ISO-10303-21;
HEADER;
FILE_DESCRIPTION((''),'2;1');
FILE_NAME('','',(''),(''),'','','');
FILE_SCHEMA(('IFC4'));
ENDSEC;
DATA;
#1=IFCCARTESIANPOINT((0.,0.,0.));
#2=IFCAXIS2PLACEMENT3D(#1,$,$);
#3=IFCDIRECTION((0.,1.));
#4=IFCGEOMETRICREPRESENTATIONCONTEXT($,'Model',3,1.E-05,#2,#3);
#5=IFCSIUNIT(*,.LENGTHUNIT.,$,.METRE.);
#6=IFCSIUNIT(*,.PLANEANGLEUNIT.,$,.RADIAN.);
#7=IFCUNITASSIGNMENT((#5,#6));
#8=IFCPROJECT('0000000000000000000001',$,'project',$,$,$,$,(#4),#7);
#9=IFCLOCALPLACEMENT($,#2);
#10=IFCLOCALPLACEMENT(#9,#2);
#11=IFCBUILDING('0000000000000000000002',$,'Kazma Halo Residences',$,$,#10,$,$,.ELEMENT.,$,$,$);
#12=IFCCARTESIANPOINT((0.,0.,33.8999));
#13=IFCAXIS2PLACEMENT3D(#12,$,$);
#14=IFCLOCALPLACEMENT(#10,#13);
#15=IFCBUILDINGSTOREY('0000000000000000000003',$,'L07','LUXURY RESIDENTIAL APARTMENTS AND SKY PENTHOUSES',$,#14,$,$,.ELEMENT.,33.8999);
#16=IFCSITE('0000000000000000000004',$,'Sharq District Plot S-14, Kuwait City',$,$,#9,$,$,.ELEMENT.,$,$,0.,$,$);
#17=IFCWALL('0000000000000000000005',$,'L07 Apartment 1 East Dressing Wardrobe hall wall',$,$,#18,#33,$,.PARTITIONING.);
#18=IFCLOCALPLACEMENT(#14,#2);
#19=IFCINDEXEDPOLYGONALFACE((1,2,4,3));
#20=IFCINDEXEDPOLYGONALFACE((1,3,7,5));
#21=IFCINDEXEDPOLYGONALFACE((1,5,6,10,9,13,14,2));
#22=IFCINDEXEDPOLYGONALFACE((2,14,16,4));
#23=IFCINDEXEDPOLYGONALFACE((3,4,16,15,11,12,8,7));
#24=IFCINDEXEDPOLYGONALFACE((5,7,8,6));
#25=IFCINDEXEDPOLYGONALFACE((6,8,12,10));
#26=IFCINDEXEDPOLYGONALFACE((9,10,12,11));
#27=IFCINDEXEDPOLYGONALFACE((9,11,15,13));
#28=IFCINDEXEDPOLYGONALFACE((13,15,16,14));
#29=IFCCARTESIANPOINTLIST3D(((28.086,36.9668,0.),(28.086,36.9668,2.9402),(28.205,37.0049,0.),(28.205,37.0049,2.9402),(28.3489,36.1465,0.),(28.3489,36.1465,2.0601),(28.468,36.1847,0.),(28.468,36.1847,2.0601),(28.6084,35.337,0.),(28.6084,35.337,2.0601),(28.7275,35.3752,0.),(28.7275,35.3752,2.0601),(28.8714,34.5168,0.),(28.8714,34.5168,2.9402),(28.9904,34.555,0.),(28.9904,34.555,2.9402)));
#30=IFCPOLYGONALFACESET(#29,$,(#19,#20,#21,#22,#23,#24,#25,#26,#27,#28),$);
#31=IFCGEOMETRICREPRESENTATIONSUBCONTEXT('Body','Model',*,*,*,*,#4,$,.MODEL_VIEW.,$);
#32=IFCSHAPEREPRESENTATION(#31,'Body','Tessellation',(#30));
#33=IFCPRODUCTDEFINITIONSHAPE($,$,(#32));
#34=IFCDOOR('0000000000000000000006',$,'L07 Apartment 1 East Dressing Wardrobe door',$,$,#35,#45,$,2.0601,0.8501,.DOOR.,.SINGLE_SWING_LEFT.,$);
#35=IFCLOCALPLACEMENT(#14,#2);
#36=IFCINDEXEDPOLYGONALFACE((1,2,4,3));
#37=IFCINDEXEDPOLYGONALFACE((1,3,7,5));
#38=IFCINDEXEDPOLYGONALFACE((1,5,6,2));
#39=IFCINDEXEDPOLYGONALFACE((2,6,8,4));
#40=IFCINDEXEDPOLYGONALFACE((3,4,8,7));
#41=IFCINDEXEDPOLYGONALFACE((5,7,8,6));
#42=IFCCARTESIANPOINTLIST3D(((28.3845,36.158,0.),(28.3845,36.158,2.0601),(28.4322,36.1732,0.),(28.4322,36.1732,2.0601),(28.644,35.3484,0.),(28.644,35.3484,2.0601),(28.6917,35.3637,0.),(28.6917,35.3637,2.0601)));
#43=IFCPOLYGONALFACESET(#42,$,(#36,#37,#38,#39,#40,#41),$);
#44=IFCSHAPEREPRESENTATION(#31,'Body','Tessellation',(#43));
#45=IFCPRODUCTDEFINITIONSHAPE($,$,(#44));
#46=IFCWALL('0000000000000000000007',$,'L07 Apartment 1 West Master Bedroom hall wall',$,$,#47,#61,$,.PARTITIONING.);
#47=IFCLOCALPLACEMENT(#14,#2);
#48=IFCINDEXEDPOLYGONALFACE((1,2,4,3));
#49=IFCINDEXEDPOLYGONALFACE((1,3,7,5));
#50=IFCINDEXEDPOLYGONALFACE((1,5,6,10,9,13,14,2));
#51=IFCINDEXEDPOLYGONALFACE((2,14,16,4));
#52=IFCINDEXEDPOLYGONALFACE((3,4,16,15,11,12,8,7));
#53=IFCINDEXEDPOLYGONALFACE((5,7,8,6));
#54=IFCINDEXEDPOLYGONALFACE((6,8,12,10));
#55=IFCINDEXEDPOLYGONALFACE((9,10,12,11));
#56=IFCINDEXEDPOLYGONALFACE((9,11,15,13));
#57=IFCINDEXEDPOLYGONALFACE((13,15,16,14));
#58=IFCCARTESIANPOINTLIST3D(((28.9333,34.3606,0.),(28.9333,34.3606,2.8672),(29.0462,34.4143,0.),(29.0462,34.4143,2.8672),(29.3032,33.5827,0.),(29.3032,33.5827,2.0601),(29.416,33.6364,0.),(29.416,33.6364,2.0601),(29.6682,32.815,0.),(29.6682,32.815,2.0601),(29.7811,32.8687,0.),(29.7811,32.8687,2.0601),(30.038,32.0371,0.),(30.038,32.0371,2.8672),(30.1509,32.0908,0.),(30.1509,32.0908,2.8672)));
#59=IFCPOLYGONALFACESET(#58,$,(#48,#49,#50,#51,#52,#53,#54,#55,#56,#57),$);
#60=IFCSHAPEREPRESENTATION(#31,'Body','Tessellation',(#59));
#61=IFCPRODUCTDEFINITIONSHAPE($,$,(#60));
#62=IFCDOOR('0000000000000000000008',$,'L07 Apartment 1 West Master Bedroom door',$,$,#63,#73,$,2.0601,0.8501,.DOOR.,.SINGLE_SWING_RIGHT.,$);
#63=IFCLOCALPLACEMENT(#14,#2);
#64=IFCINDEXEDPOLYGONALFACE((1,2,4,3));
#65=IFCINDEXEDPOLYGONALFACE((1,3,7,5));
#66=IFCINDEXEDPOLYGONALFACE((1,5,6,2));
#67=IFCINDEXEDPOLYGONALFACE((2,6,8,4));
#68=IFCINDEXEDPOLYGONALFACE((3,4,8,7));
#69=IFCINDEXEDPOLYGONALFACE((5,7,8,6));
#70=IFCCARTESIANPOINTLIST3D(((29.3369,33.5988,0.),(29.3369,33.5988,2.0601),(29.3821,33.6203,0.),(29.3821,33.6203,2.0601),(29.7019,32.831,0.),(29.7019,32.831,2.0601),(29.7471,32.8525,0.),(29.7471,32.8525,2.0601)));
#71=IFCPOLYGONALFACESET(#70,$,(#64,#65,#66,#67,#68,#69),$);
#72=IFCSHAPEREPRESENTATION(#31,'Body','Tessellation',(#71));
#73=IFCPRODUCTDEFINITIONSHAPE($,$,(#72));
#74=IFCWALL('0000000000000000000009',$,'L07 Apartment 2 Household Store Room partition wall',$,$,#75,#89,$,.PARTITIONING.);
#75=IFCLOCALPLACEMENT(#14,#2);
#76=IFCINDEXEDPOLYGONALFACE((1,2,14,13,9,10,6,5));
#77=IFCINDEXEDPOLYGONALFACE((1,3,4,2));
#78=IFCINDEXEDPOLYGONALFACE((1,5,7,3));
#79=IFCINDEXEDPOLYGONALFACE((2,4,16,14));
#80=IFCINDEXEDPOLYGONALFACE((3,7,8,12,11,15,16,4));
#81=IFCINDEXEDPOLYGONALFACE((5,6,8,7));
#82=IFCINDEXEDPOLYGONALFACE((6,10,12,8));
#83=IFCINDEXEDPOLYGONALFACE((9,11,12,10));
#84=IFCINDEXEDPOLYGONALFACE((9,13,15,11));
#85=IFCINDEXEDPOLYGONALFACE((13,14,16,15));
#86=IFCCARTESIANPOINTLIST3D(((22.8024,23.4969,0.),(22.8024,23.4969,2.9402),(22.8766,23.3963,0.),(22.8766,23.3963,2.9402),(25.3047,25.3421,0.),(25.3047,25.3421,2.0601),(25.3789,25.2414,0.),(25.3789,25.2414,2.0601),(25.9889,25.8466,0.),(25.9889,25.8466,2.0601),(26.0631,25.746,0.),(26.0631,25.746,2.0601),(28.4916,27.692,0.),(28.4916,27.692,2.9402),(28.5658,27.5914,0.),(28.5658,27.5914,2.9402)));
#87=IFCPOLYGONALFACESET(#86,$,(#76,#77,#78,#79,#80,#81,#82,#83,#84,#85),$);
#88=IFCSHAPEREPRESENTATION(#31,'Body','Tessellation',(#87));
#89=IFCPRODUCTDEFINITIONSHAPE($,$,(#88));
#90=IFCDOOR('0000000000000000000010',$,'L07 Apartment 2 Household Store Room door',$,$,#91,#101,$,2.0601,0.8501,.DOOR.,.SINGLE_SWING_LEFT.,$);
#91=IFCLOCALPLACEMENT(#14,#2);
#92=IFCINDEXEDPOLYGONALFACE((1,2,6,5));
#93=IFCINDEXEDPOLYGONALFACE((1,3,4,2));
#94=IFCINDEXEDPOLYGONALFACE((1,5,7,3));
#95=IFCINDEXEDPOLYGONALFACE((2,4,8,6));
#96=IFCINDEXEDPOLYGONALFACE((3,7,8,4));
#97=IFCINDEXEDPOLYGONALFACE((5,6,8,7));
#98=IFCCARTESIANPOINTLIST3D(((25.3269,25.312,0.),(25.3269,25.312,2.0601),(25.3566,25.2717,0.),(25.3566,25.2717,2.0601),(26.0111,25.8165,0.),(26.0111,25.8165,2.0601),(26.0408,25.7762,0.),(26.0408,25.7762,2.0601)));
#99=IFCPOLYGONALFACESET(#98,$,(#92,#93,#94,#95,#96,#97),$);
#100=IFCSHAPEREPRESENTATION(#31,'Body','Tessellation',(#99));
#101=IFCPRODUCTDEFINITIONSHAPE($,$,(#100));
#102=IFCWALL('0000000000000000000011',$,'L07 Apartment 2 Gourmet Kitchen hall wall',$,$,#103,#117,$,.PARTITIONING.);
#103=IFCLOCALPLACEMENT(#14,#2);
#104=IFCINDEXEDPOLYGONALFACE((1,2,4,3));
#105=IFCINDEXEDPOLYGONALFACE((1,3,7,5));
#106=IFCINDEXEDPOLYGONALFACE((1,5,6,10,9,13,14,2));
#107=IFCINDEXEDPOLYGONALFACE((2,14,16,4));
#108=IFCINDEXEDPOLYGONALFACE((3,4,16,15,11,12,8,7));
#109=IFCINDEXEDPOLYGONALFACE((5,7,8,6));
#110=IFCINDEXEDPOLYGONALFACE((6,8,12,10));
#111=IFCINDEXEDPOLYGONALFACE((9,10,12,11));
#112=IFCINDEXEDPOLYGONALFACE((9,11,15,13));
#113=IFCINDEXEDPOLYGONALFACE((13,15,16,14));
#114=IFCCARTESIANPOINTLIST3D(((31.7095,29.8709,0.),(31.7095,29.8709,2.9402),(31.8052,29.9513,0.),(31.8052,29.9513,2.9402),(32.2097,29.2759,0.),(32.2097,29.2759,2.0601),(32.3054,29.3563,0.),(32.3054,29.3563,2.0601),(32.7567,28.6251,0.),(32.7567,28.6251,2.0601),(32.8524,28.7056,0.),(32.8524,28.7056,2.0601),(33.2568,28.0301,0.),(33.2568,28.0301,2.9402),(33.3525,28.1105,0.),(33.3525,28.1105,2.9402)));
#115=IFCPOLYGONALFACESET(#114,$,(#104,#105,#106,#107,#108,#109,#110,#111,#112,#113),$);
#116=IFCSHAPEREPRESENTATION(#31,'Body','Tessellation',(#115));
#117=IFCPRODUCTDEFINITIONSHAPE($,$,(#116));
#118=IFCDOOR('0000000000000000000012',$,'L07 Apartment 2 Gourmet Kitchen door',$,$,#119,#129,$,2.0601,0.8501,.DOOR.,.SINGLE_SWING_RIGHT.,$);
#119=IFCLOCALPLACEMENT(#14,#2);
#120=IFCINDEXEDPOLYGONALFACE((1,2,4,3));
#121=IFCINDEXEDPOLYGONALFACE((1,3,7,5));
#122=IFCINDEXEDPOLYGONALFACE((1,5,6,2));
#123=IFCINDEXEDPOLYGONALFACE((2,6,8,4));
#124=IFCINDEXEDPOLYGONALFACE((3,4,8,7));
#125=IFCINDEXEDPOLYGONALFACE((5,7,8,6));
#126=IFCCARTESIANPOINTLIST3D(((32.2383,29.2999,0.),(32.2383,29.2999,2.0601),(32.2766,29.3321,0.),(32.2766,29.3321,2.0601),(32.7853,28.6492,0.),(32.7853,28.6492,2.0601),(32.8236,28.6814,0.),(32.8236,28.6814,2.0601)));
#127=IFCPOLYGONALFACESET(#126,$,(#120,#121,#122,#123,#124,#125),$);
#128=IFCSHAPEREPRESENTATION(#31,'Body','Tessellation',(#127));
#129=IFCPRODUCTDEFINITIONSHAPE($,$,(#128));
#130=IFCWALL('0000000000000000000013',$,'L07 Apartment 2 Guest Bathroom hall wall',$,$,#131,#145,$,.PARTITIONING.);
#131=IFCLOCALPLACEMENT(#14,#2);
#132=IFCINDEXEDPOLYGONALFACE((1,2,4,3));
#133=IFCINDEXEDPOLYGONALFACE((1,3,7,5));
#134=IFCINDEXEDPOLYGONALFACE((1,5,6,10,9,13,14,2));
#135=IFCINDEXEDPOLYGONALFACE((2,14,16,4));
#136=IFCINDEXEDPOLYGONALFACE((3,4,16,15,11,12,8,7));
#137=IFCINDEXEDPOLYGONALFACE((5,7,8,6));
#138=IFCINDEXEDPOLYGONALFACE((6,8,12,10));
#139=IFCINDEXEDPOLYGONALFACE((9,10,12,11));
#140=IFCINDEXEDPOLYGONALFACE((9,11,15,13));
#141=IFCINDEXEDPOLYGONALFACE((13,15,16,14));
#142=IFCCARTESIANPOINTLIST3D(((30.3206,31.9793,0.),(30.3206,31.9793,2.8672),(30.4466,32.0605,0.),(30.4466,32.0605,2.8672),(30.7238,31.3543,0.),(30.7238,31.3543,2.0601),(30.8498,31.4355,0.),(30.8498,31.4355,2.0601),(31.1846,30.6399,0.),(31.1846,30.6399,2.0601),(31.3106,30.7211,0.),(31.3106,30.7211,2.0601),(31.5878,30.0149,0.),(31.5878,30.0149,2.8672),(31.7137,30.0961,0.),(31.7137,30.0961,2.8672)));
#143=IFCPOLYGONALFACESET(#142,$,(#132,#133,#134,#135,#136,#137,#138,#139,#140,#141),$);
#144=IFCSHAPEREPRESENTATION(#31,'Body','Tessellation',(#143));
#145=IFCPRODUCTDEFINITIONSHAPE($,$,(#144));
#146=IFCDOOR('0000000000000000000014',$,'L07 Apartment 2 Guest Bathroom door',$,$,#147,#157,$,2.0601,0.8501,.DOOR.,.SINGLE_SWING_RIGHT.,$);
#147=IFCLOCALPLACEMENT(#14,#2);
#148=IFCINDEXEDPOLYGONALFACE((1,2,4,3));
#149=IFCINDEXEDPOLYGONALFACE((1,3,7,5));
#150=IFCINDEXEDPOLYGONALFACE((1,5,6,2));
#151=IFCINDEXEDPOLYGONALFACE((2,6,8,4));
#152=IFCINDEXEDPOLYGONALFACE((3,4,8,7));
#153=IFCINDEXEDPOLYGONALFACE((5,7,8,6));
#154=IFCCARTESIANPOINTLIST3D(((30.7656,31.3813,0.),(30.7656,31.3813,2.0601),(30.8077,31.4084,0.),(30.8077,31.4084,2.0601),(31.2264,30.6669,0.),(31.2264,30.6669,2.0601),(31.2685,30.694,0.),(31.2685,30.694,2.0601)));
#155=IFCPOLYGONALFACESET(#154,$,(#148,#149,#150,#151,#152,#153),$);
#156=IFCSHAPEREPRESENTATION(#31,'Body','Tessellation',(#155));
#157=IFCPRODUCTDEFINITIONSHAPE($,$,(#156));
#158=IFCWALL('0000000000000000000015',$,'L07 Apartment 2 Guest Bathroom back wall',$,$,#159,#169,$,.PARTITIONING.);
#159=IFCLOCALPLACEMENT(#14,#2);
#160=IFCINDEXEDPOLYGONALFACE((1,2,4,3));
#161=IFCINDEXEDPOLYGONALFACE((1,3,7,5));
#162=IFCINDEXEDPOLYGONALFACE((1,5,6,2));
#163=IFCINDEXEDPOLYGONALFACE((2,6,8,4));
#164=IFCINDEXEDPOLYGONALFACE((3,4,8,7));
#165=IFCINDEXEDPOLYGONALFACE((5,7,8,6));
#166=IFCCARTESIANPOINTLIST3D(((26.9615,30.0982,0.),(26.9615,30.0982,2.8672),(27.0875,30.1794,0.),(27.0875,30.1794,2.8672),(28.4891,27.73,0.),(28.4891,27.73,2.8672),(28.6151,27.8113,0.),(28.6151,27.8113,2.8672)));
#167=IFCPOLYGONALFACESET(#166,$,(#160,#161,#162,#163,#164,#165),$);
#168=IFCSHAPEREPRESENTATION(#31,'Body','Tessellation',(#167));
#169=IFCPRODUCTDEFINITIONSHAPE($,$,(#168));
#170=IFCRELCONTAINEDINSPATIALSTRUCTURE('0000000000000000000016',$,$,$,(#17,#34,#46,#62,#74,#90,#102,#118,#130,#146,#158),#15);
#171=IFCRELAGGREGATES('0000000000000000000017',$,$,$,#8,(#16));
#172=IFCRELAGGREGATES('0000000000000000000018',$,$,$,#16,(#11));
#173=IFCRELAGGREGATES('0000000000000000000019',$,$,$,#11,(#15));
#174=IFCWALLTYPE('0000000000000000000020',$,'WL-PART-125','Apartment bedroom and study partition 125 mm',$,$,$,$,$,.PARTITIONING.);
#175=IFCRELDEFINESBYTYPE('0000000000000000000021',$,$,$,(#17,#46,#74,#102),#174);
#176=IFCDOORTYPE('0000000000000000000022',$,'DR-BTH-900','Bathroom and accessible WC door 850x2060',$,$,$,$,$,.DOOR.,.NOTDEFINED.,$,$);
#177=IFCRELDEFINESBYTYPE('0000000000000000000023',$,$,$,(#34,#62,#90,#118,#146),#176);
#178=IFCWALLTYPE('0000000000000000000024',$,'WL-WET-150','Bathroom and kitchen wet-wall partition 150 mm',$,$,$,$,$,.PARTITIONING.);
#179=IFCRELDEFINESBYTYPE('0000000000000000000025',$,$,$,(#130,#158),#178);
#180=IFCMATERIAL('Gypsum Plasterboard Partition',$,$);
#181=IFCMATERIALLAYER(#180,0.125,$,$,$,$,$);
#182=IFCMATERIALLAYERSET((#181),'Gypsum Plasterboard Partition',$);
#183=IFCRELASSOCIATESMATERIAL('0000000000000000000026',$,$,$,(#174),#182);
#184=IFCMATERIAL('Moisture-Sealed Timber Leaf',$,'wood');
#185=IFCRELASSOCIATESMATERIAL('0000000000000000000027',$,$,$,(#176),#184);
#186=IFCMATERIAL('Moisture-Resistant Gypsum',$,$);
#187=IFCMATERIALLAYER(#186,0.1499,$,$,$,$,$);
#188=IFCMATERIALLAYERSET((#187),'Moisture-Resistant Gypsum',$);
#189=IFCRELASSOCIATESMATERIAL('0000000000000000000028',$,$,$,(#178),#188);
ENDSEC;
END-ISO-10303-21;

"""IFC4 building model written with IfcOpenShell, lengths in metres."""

from ifc_helpers import new_model, si_unit, direction, frame, frame_2d, origin, place, context, subcontext, project, spatial, rectangle, extrude, material, layer, layer_set, type_object, element, fill, save


model = new_model("IFC4")

# Units and contexts
model_context = context("Model", 3, precision=1e-05, world=origin(), true_north=direction((0.0, 1.0)))
body_context = subcontext(model_context, "Body", "Model", "MODEL_VIEW")
ifc_project = project(units=[si_unit("LENGTHUNIT", "METRE"), si_unit("PLANEANGLEUNIT", "RADIAN")], contexts=[model_context])

# Site, building, storey
site_placement = place(None, origin())
site = spatial("IfcSite", under=ifc_project, at=site_placement, Name="Sharq District Plot S-14, Kuwait City", CompositionType="ELEMENT", RefElevation=0.0)
building_placement = place(site_placement, origin())
building = spatial("IfcBuilding", under=site, at=building_placement, Name="Kazma Halo Residences", CompositionType="ELEMENT")
storey_placement = place(building_placement, frame((0.0, 0.0, 33.8999)))
storey = spatial("IfcBuildingStorey", under=building, at=storey_placement, Name="L07", Description="LUXURY RESIDENTIAL APARTMENTS AND SKY PENTHOUSES", CompositionType="ELEMENT", Elevation=33.8999)

# Shared definitions
ifc_material_1 = material(Name="Gypsum Plasterboard Partition")
ifc_layer_1 = layer(ifc_material_1, 0.125)
ifc_layer_set_1 = layer_set([ifc_layer_1], Name="Gypsum Plasterboard Partition")
wall_type_1 = type_object("IfcWallType", Name="WL-PART-125", Description="Apartment bedroom and study partition 125 mm", PredefinedType="PARTITIONING", material=ifc_layer_set_1)

# Walls, openings, doors
wall_1_placement = place(storey_placement, frame((28.1455, 36.9858, 0.0), z_axis=(0.0, 0.0, 1.0), x_axis=(0.305275, -0.952264, 0.0)))
wall_1 = element("IfcWall", 1, at=wall_1_placement, inside=storey, type_object=wall_type_1, Name="L07 Apartment 1 East Dressing Wardrobe hall wall", PredefinedType="PARTITIONING", context=body_context, shape_type="SweptSolid", body=[
    extrude(rectangle(XDim=2.5728, YDim=0.125, at=frame_2d((1.2864, 0.0))), origin(), (0.0, 0.0, 1.0), 2.9402),
])
opening_1_placement = place(wall_1_placement, frame((0.8613, 0.0, 0.0)))
opening_1 = element("IfcOpeningElement", 2, at=opening_1_placement, cuts=wall_1, PredefinedType="OPENING", context=body_context, shape_type="SweptSolid", body=[
    extrude(rectangle(XDim=0.8501, YDim=2.0601, at=frame_2d((0.425, 1.03))), frame((0.0, 0.0725, 0.0), z_axis=(0.0, -1.0, 0.0), x_axis=(1.0, 0.0, 0.0)), (0.0, 0.0, 1.0), 0.145),
])
ifc_material_2 = material(Name="Moisture-Sealed Timber Leaf", Category="wood")
door_type = type_object("IfcDoorType", Name="DR-BTH-900", Description="Bathroom and accessible WC door 850x2060", OperationType="NOTDEFINED", PredefinedType="DOOR", material=ifc_material_2)
door_1_placement = place(opening_1_placement, origin())
door_1 = element("IfcDoor", 3, at=door_1_placement, inside=storey, type_object=door_type, Name="L07 Apartment 1 East Dressing Wardrobe door", OperationType="SINGLE_SWING_LEFT", OverallHeight=2.0601, OverallWidth=0.8501, PredefinedType="DOOR", context=body_context, shape_type="SweptSolid", body=[
    extrude(rectangle(XDim=0.8501, YDim=2.0601, at=frame_2d((0.425, 1.03))), frame((0.0, 0.0249, 0.0), z_axis=(0.0, -1.0, 0.0), x_axis=(1.0, 0.0, 0.0)), (0.0, 0.0, 1.0), 0.05),
])
fill(opening_1, door_1)
wall_2_placement = place(storey_placement, frame((28.9897, 34.3875, 0.0), z_axis=(0.0, 0.0, 1.0), x_axis=(0.429399, -0.903115, 0.0)))
wall_2 = element("IfcWall", 4, at=wall_2_placement, inside=storey, type_object=wall_type_1, Name="L07 Apartment 1 West Master Bedroom hall wall", PredefinedType="PARTITIONING", context=body_context, shape_type="SweptSolid", body=[
    extrude(rectangle(XDim=2.5728, YDim=0.125, at=frame_2d((1.2864, 0.0))), origin(), (0.0, 0.0, 1.0), 2.8672),
])
opening_2_placement = place(wall_2_placement, frame((0.8613, 0.0, 0.0)))
opening_2 = element("IfcOpeningElement", 5, at=opening_2_placement, cuts=wall_2, PredefinedType="OPENING", context=body_context, shape_type="SweptSolid", body=[
    extrude(rectangle(XDim=0.8501, YDim=2.0601, at=frame_2d((0.425, 1.03))), frame((0.0, 0.0725, 0.0), z_axis=(0.0, -1.0, 0.0), x_axis=(1.0, 0.0, 0.0)), (0.0, 0.0, 1.0), 0.145),
])
door_2_placement = place(opening_2_placement, origin())
door_2 = element("IfcDoor", 6, at=door_2_placement, inside=storey, type_object=door_type, Name="L07 Apartment 1 West Master Bedroom door", OperationType="SINGLE_SWING_RIGHT", OverallHeight=2.0601, OverallWidth=0.8501, PredefinedType="DOOR", context=body_context, shape_type="SweptSolid", body=[
    extrude(rectangle(XDim=0.8501, YDim=2.0601, at=frame_2d((0.425, 1.03))), frame((0.0, 0.0249, 0.0), z_axis=(0.0, -1.0, 0.0), x_axis=(1.0, 0.0, 0.0)), (0.0, 0.0, 1.0), 0.05),
])
fill(opening_2, door_2)
wall_3_placement = place(storey_placement, frame((28.5286, 27.6416, 0.0), z_axis=(0.0, 0.0, 1.0), x_axis=(-0.804852, -0.593476, 0.0)))
wall_3 = element("IfcWall", 7, at=wall_3_placement, inside=storey, type_object=wall_type_1, Name="L07 Apartment 2 Household Store Room partition wall", PredefinedType="PARTITIONING", context=body_context, shape_type="SweptSolid", body=[
    extrude(rectangle(XDim=7.0686, YDim=0.125, at=frame_2d((3.5342, 0.0))), origin(), (0.0, 0.0, 1.0), 2.9402),
])
opening_3_placement = place(wall_3_placement, frame((3.1094, 0.0, 0.0)))
opening_3 = element("IfcOpeningElement", 8, at=opening_3_placement, cuts=wall_3, PredefinedType="OPENING", context=body_context, shape_type="SweptSolid", body=[
    extrude(rectangle(XDim=0.8501, YDim=2.0601, at=frame_2d((0.425, 1.03))), frame((0.0, 0.0725, 0.0), z_axis=(0.0, -1.0, 0.0), x_axis=(1.0, 0.0, 0.0)), (0.0, 0.0, 1.0), 0.145),
])
door_3_placement = place(opening_3_placement, origin())
door_3 = element("IfcDoor", 9, at=door_3_placement, inside=storey, type_object=door_type, Name="L07 Apartment 2 Household Store Room door", OperationType="SINGLE_SWING_LEFT", OverallHeight=2.0601, OverallWidth=0.8501, PredefinedType="DOOR", context=body_context, shape_type="SweptSolid", body=[
    extrude(rectangle(XDim=0.8501, YDim=2.0601, at=frame_2d((0.425, 1.03))), frame((0.0, 0.0249, 0.0), z_axis=(0.0, -1.0, 0.0), x_axis=(1.0, 0.0, 0.0)), (0.0, 0.0, 1.0), 0.05),
])
fill(opening_3, door_3)
wall_4_placement = place(storey_placement, frame((31.7573, 29.9111, 0.0), z_axis=(0.0, 0.0, 1.0), x_axis=(0.643454, -0.765485, 0.0)))
wall_4 = element("IfcWall", 10, at=wall_4_placement, inside=storey, type_object=wall_type_1, Name="L07 Apartment 2 Gourmet Kitchen hall wall", PredefinedType="PARTITIONING", context=body_context, shape_type="SweptSolid", body=[
    extrude(rectangle(XDim=2.4048, YDim=0.125, at=frame_2d((1.2024, 0.0))), origin(), (0.0, 0.0, 1.0), 2.9402),
])
opening_4_placement = place(wall_4_placement, frame((0.7773, 0.0, 0.0)))
opening_4 = element("IfcOpeningElement", 11, at=opening_4_placement, cuts=wall_4, PredefinedType="OPENING", context=body_context, shape_type="SweptSolid", body=[
    extrude(rectangle(XDim=0.8501, YDim=2.0601, at=frame_2d((0.425, 1.03))), frame((0.0, 0.0725, 0.0), z_axis=(0.0, -1.0, 0.0), x_axis=(1.0, 0.0, 0.0)), (0.0, 0.0, 1.0), 0.145),
])
door_4_placement = place(opening_4_placement, origin())
door_4 = element("IfcDoor", 12, at=door_4_placement, inside=storey, type_object=door_type, Name="L07 Apartment 2 Gourmet Kitchen door", OperationType="SINGLE_SWING_RIGHT", OverallHeight=2.0601, OverallWidth=0.8501, PredefinedType="DOOR", context=body_context, shape_type="SweptSolid", body=[
    extrude(rectangle(XDim=0.8501, YDim=2.0601, at=frame_2d((0.425, 1.03))), frame((0.0, 0.0249, 0.0), z_axis=(0.0, -1.0, 0.0), x_axis=(1.0, 0.0, 0.0)), (0.0, 0.0, 1.0), 0.05),
])
fill(opening_4, door_4)
ifc_material_3 = material(Name="Moisture-Resistant Gypsum")
ifc_layer_2 = layer(ifc_material_3, 0.1499)
ifc_layer_set_2 = layer_set([ifc_layer_2], Name="Moisture-Resistant Gypsum")
wall_type_2 = type_object("IfcWallType", Name="WL-WET-150", Description="Bathroom and kitchen wet-wall partition 150 mm", PredefinedType="PARTITIONING", material=ifc_layer_set_2)
wall_5_placement = place(storey_placement, frame((30.3835, 32.02, 0.0), z_axis=(0.0, 0.0, 1.0), x_axis=(0.542056, -0.840343, 0.0)))
wall_5 = element("IfcWall", 13, at=wall_5_placement, inside=storey, type_object=wall_type_2, Name="L07 Apartment 2 Guest Bathroom hall wall", PredefinedType="PARTITIONING", context=body_context, shape_type="SweptSolid", body=[
    extrude(rectangle(XDim=2.3376, YDim=0.1499, at=frame_2d((1.1689, 0.0))), origin(), (0.0, 0.0, 1.0), 2.8672),
])
opening_5_placement = place(wall_5_placement, frame((0.7439, 0.0, 0.0)))
opening_5 = element("IfcOpeningElement", 14, at=opening_5_placement, cuts=wall_5, PredefinedType="OPENING", context=body_context, shape_type="SweptSolid", body=[
    extrude(rectangle(XDim=0.8501, YDim=2.0601, at=frame_2d((0.425, 1.03))), frame((0.0, 0.085, 0.0), z_axis=(0.0, -1.0, 0.0), x_axis=(1.0, 0.0, 0.0)), (0.0, 0.0, 1.0), 0.1699),
])
door_5_placement = place(opening_5_placement, origin())
door_5 = element("IfcDoor", 15, at=door_5_placement, inside=storey, type_object=door_type, Name="L07 Apartment 2 Guest Bathroom door", OperationType="SINGLE_SWING_RIGHT", OverallHeight=2.0601, OverallWidth=0.8501, PredefinedType="DOOR", context=body_context, shape_type="SweptSolid", body=[
    extrude(rectangle(XDim=0.8501, YDim=2.0601, at=frame_2d((0.425, 1.03))), frame((0.0, 0.0249, 0.0), z_axis=(0.0, -1.0, 0.0), x_axis=(1.0, 0.0, 0.0)), (0.0, 0.0, 1.0), 0.05),
])
fill(opening_5, door_5)

# Wall
wall_6_placement = place(storey_placement, frame((27.0244, 30.1389, 0.0), z_axis=(0.0, 0.0, 1.0), x_axis=(0.542062, -0.840339, 0.0)))
element("IfcWall", 16, at=wall_6_placement, inside=storey, type_object=wall_type_2, Name="L07 Apartment 2 Guest Bathroom back wall", PredefinedType="PARTITIONING", context=body_context, shape_type="SweptSolid", body=[
    extrude(rectangle(XDim=2.8181, YDim=0.1499, at=frame_2d((1.4092, 0.0))), origin(), (0.0, 0.0, 1.0), 2.8672),
])

save(model, "model.ifc")
